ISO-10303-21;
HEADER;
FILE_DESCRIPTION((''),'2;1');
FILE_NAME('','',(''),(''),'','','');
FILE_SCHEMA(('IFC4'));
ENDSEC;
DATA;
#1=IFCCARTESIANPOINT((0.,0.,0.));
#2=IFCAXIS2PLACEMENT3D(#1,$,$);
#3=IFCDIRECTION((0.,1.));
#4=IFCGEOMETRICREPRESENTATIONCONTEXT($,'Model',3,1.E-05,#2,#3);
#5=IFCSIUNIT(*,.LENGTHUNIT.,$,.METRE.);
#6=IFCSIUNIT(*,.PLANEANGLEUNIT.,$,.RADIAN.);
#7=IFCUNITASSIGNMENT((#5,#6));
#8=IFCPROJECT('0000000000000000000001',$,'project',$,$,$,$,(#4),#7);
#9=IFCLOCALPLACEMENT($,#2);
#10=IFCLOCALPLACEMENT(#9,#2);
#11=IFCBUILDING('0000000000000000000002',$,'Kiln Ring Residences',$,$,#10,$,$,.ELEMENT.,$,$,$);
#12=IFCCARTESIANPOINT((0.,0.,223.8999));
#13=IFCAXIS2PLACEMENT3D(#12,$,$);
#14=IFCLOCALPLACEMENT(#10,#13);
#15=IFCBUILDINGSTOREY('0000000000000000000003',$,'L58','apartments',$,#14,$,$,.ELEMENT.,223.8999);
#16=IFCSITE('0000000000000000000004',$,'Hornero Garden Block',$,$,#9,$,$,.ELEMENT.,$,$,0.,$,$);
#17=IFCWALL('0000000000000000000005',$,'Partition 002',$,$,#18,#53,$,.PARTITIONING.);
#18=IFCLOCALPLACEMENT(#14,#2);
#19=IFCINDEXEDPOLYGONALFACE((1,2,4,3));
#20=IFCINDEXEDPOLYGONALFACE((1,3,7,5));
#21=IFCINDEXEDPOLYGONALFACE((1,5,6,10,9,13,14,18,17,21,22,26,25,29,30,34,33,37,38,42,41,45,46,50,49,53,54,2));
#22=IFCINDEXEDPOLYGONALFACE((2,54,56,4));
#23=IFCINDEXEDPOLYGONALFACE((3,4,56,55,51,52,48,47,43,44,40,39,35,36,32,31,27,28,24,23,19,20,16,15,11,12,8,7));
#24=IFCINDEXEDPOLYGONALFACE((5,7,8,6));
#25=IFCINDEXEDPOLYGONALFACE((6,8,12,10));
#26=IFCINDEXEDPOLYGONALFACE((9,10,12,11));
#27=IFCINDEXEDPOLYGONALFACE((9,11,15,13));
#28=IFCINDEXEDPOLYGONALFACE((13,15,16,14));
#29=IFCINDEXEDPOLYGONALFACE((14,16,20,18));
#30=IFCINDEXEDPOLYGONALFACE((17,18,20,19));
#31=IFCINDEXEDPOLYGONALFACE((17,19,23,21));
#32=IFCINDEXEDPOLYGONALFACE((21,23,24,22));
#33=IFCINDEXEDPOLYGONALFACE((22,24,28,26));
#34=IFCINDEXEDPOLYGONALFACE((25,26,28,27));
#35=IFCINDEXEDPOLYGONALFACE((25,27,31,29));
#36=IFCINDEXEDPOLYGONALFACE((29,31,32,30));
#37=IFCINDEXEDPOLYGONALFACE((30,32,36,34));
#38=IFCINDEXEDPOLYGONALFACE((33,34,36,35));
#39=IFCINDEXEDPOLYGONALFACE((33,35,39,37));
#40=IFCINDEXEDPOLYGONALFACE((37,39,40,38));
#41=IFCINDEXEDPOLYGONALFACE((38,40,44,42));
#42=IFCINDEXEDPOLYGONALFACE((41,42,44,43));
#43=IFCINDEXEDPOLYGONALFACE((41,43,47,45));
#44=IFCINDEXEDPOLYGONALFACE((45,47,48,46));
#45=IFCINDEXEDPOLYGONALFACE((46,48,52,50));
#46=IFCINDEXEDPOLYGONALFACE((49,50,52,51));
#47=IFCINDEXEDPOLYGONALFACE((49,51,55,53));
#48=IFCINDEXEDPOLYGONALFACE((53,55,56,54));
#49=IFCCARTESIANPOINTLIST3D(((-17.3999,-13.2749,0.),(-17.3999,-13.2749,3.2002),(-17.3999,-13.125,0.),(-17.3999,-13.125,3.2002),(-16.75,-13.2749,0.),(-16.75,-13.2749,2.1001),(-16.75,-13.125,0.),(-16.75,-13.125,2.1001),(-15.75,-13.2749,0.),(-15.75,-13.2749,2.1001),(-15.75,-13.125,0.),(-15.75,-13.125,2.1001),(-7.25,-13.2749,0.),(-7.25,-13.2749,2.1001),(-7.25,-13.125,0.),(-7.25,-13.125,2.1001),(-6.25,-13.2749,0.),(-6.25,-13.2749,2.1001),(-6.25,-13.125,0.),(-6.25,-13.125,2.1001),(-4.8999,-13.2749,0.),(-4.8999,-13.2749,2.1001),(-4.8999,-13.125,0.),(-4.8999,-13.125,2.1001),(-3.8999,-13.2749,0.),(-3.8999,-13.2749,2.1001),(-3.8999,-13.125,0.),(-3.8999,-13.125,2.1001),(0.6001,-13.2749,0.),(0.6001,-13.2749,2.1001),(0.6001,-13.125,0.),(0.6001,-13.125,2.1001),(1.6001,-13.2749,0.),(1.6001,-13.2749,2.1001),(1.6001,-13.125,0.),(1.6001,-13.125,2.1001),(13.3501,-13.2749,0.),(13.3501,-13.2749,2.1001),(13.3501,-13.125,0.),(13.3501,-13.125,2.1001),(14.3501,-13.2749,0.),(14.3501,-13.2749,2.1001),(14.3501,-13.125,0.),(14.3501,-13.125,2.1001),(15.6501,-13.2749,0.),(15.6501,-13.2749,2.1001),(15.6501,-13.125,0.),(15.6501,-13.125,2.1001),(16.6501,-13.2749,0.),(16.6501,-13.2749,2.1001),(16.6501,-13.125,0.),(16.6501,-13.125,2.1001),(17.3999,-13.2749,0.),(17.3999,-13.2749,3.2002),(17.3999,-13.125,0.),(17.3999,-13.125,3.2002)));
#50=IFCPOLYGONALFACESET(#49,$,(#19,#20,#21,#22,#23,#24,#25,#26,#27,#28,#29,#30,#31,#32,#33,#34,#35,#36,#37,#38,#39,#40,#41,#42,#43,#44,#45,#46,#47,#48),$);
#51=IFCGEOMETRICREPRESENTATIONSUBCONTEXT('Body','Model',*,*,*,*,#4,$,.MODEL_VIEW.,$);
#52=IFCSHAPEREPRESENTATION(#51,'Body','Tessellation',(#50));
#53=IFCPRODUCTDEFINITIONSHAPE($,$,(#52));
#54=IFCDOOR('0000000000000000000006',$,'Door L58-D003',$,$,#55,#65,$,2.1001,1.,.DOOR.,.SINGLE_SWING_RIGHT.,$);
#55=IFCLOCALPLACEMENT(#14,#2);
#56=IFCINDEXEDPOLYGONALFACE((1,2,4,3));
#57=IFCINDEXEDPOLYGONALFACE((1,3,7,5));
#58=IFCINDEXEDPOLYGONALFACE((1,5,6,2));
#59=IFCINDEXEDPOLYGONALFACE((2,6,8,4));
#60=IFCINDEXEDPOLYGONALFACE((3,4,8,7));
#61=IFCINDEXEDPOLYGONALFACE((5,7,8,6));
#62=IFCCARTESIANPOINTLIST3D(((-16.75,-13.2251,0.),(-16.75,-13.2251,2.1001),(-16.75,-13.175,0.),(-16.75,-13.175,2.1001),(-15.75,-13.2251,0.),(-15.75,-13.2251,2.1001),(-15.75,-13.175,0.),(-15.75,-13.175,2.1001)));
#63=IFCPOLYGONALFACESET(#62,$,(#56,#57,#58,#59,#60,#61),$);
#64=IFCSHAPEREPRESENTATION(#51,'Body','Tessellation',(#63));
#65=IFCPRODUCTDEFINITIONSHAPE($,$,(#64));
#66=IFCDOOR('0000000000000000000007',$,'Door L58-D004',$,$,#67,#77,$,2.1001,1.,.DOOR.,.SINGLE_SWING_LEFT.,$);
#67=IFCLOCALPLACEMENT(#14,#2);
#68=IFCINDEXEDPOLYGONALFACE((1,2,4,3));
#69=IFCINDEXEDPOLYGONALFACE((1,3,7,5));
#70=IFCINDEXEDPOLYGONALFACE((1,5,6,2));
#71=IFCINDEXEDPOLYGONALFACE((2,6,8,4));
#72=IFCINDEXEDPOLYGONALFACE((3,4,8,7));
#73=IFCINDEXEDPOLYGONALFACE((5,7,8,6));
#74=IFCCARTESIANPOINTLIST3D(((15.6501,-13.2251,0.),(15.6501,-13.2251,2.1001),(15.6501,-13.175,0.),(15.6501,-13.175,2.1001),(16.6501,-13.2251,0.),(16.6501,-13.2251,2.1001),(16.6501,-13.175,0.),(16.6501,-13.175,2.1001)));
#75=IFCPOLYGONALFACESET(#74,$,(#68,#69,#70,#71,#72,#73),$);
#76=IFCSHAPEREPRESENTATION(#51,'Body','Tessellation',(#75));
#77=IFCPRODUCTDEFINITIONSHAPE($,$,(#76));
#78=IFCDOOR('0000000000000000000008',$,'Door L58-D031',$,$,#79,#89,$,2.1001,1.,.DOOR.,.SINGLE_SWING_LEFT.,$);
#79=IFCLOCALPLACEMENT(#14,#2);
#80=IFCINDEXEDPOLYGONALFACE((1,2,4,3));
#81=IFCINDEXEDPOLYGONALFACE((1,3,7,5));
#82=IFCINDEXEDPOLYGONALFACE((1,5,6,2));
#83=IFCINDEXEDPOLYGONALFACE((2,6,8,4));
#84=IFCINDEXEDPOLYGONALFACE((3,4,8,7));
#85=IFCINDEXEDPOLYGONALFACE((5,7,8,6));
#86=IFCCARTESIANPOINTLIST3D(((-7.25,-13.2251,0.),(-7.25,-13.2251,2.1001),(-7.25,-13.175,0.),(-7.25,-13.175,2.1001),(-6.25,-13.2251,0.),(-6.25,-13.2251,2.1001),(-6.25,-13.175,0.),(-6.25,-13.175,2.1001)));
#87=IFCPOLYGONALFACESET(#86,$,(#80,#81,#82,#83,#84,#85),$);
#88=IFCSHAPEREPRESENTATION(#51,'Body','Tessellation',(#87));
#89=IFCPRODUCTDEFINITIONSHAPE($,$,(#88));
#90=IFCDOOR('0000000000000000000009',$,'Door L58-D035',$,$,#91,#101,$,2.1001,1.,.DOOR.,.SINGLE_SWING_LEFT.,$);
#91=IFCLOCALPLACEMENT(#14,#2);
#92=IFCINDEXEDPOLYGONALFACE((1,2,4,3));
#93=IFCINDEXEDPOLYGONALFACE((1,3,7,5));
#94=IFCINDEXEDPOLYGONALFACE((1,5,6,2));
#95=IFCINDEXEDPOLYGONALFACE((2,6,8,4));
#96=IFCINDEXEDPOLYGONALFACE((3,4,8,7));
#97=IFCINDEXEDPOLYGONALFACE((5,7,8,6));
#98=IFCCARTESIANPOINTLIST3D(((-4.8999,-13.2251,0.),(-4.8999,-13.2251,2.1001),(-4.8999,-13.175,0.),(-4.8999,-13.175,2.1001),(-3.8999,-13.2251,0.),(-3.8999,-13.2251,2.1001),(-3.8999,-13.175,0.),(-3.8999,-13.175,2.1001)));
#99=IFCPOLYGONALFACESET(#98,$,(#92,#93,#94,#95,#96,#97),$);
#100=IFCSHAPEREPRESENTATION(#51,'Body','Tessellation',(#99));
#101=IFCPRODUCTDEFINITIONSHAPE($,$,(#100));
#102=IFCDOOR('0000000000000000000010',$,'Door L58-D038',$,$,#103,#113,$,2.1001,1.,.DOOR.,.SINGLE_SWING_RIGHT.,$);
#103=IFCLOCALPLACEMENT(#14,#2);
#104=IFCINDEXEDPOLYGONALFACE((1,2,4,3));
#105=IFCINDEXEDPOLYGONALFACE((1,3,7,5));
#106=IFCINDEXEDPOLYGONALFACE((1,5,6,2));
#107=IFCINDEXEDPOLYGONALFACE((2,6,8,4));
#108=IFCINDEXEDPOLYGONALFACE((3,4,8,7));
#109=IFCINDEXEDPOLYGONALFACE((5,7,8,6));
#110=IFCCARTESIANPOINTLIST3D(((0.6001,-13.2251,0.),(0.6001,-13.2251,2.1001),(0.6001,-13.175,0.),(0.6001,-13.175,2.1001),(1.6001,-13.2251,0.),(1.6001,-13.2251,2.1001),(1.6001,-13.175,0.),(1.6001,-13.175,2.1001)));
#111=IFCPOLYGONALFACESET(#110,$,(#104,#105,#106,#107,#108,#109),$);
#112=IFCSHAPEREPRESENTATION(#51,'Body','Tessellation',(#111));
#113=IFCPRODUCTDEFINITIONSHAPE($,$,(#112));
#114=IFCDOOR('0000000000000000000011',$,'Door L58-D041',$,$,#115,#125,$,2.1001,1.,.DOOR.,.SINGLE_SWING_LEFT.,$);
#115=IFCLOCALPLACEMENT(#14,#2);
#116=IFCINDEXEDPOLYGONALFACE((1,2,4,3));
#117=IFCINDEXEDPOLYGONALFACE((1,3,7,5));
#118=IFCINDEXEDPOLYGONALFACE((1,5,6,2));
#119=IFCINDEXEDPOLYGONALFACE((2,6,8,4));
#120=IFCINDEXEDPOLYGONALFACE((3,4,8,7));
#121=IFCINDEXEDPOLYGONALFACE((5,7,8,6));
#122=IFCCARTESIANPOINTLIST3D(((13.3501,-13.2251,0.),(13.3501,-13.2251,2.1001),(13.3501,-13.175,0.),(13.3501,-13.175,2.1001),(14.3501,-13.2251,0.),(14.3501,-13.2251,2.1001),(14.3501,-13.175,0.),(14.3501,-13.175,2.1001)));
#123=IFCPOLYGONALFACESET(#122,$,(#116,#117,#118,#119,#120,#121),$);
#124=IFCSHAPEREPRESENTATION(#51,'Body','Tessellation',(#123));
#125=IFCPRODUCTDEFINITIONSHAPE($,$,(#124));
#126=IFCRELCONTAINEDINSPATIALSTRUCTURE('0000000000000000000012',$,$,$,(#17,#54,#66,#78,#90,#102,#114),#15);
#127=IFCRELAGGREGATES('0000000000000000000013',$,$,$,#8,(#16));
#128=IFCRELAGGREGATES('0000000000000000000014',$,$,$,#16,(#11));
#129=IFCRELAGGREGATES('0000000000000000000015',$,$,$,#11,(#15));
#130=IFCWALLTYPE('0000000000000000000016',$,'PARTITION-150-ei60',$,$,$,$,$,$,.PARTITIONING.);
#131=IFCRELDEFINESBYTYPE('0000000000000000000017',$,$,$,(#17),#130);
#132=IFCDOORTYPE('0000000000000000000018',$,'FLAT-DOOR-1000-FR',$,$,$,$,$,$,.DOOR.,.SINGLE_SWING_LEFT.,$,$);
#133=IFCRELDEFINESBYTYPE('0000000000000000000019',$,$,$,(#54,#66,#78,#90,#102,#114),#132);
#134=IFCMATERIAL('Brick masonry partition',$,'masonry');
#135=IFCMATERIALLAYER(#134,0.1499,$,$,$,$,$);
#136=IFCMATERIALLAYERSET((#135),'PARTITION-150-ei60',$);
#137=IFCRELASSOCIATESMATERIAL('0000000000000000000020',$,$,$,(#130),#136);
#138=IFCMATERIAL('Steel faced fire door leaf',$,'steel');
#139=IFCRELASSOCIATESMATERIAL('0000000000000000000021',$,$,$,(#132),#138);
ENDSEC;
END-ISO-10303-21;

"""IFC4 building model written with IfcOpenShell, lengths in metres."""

from ifc_helpers import new_model, si_unit, direction, frame, frame_2d, origin, place, context, subcontext, project, spatial, rectangle, extrude, material, layer, layer_set, type_object, element, fill, save


model = new_model("IFC4")

# Units and contexts
model_context = context("Model", 3, precision=1e-05, world=origin(), true_north=direction((0.0, 1.0)))
body_context = subcontext(model_context, "Body", "Model", "MODEL_VIEW")
ifc_project = project(units=[si_unit("LENGTHUNIT", "METRE"), si_unit("PLANEANGLEUNIT", "RADIAN")], contexts=[model_context])

# Site, building, storey
site_placement = place(None, origin())
site = spatial("IfcSite", under=ifc_project, at=site_placement, Name="Hornero Garden Block", CompositionType="ELEMENT", RefElevation=0.0)
building_placement = place(site_placement, origin())
building = spatial("IfcBuilding", under=site, at=building_placement, Name="Kiln Ring Residences", CompositionType="ELEMENT")
storey_placement = place(building_placement, frame((0.0, 0.0, 223.8999)))
storey = spatial("IfcBuildingStorey", under=building, at=storey_placement, Name="L58", Description="apartments", CompositionType="ELEMENT", Elevation=223.8999)

# Wall, openings, doors
ifc_material_1 = material(Name="Brick masonry partition", Category="masonry")
ifc_layer_1 = layer(ifc_material_1, 0.1499)
ifc_layer_set_1 = layer_set([ifc_layer_1], Name="PARTITION-150-ei60")
wall_type_1 = type_object("IfcWallType", Name="PARTITION-150-ei60", PredefinedType="PARTITIONING", material=ifc_layer_set_1)
wall_1_placement = place(storey_placement, frame((-17.3999, -13.2, 0.0), z_axis=(0.0, 0.0, 1.0), x_axis=(1.0, 0.0, 0.0)))
wall_1 = element("IfcWall", 1, at=wall_1_placement, inside=storey, type_object=wall_type_1, Name="Partition 002", PredefinedType="PARTITIONING", context=body_context, shape_type="SweptSolid", body=[
    extrude(rectangle(XDim=34.7998, YDim=0.1499, at=frame_2d((17.3999, 0.0))), origin(), (0.0, 0.0, 1.0), 3.2002),
])
opening_1_placement = place(wall_1_placement, frame((0.6499, 0.0, 0.0)))
opening_1 = element("IfcOpeningElement", 2, at=opening_1_placement, cuts=wall_1, PredefinedType="OPENING", context=body_context, shape_type="SweptSolid", body=[
    extrude(rectangle(XDim=1.0, YDim=2.1001, at=frame_2d((0.5, 1.05))), frame((0.0, 0.085, 0.0), z_axis=(0.0, -1.0, 0.0), x_axis=(1.0, 0.0, 0.0)), (0.0, 0.0, 1.0), 0.1699),
])
opening_2_placement = place(wall_1_placement, frame((33.05, 0.0, 0.0)))
opening_2 = element("IfcOpeningElement", 3, at=opening_2_placement, cuts=wall_1, PredefinedType="OPENING", context=body_context, shape_type="SweptSolid", body=[
    extrude(rectangle(XDim=1.0, YDim=2.1001, at=frame_2d((0.5, 1.05))), frame((0.0, 0.085, 0.0), z_axis=(0.0, -1.0, 0.0), x_axis=(1.0, 0.0, 0.0)), (0.0, 0.0, 1.0), 0.1699),
])
opening_3_placement = place(wall_1_placement, frame((10.1499, 0.0, 0.0)))
opening_3 = element("IfcOpeningElement", 4, at=opening_3_placement, cuts=wall_1, PredefinedType="OPENING", context=body_context, shape_type="SweptSolid", body=[
    extrude(rectangle(XDim=1.0, YDim=2.1001, at=frame_2d((0.5, 1.05))), frame((0.0, 0.085, 0.0), z_axis=(0.0, -1.0, 0.0), x_axis=(1.0, 0.0, 0.0)), (0.0, 0.0, 1.0), 0.1699),
])
opening_4_placement = place(wall_1_placement, frame((12.5, 0.0, 0.0)))
opening_4 = element("IfcOpeningElement", 5, at=opening_4_placement, cuts=wall_1, PredefinedType="OPENING", context=body_context, shape_type="SweptSolid", body=[
    extrude(rectangle(XDim=1.0, YDim=2.1001, at=frame_2d((0.5, 1.05))), frame((0.0, 0.085, 0.0), z_axis=(0.0, -1.0, 0.0), x_axis=(1.0, 0.0, 0.0)), (0.0, 0.0, 1.0), 0.1699),
])
opening_5_placement = place(wall_1_placement, frame((18.0, 0.0, 0.0)))
opening_5 = element("IfcOpeningElement", 6, at=opening_5_placement, cuts=wall_1, PredefinedType="OPENING", context=body_context, shape_type="SweptSolid", body=[
    extrude(rectangle(XDim=1.0, YDim=2.1001, at=frame_2d((0.5, 1.05))), frame((0.0, 0.085, 0.0), z_axis=(0.0, -1.0, 0.0), x_axis=(1.0, 0.0, 0.0)), (0.0, 0.0, 1.0), 0.1699),
])
opening_6_placement = place(wall_1_placement, frame((30.75, 0.0, 0.0)))
opening_6 = element("IfcOpeningElement", 7, at=opening_6_placement, cuts=wall_1, PredefinedType="OPENING", context=body_context, shape_type="SweptSolid", body=[
    extrude(rectangle(XDim=1.0, YDim=2.1001, at=frame_2d((0.5, 1.05))), frame((0.0, 0.085, 0.0), z_axis=(0.0, -1.0, 0.0), x_axis=(1.0, 0.0, 0.0)), (0.0, 0.0, 1.0), 0.1699),
])
ifc_material_2 = material(Name="Steel faced fire door leaf", Category="steel")
door_type_1 = type_object("IfcDoorType", Name="FLAT-DOOR-1000-FR", OperationType="SINGLE_SWING_LEFT", PredefinedType="DOOR", material=ifc_material_2)
door_1_placement = place(opening_1_placement, origin())
door_1 = element("IfcDoor", 8, at=door_1_placement, inside=storey, type_object=door_type_1, Name="Door L58-D003", OperationType="SINGLE_SWING_RIGHT", OverallHeight=2.1001, OverallWidth=1.0, PredefinedType="DOOR", context=body_context, shape_type="SweptSolid", body=[
    extrude(rectangle(XDim=1.0, YDim=2.1001, at=frame_2d((0.5, 1.05))), frame((0.0, 0.0249, 0.0), z_axis=(0.0, -1.0, 0.0), x_axis=(1.0, 0.0, 0.0)), (0.0, 0.0, 1.0), 0.05),
])
fill(opening_1, door_1)
door_2_placement = place(opening_2_placement, origin())
door_2 = element("IfcDoor", 9, at=door_2_placement, inside=storey, type_object=door_type_1, Name="Door L58-D004", OperationType="SINGLE_SWING_LEFT", OverallHeight=2.1001, OverallWidth=1.0, PredefinedType="DOOR", context=body_context, shape_type="SweptSolid", body=[
    extrude(rectangle(XDim=1.0, YDim=2.1001, at=frame_2d((0.5, 1.05))), frame((0.0, 0.0249, 0.0), z_axis=(0.0, -1.0, 0.0), x_axis=(1.0, 0.0, 0.0)), (0.0, 0.0, 1.0), 0.05),
])
fill(opening_2, door_2)
door_3_placement = place(opening_3_placement, origin())
door_3 = element("IfcDoor", 10, at=door_3_placement, inside=storey, type_object=door_type_1, Name="Door L58-D031", OperationType="SINGLE_SWING_LEFT", OverallHeight=2.1001, OverallWidth=1.0, PredefinedType="DOOR", context=body_context, shape_type="SweptSolid", body=[
    extrude(rectangle(XDim=1.0, YDim=2.1001, at=frame_2d((0.5, 1.05))), frame((0.0, 0.0249, 0.0), z_axis=(0.0, -1.0, 0.0), x_axis=(1.0, 0.0, 0.0)), (0.0, 0.0, 1.0), 0.05),
])
fill(opening_3, door_3)
door_4_placement = place(opening_4_placement, origin())
door_4 = element("IfcDoor", 11, at=door_4_placement, inside=storey, type_object=door_type_1, Name="Door L58-D035", OperationType="SINGLE_SWING_LEFT", OverallHeight=2.1001, OverallWidth=1.0, PredefinedType="DOOR", context=body_context, shape_type="SweptSolid", body=[
    extrude(rectangle(XDim=1.0, YDim=2.1001, at=frame_2d((0.5, 1.05))), frame((0.0, 0.0249, 0.0), z_axis=(0.0, -1.0, 0.0), x_axis=(1.0, 0.0, 0.0)), (0.0, 0.0, 1.0), 0.05),
])
fill(opening_4, door_4)
door_5_placement = place(opening_5_placement, origin())
door_5 = element("IfcDoor", 12, at=door_5_placement, inside=storey, type_object=door_type_1, Name="Door L58-D038", OperationType="SINGLE_SWING_RIGHT", OverallHeight=2.1001, OverallWidth=1.0, PredefinedType="DOOR", context=body_context, shape_type="SweptSolid", body=[
    extrude(rectangle(XDim=1.0, YDim=2.1001, at=frame_2d((0.5, 1.05))), frame((0.0, 0.0249, 0.0), z_axis=(0.0, -1.0, 0.0), x_axis=(1.0, 0.0, 0.0)), (0.0, 0.0, 1.0), 0.05),
])
fill(opening_5, door_5)
door_6_placement = place(opening_6_placement, origin())
door_6 = element("IfcDoor", 13, at=door_6_placement, inside=storey, type_object=door_type_1, Name="Door L58-D041", OperationType="SINGLE_SWING_LEFT", OverallHeight=2.1001, OverallWidth=1.0, PredefinedType="DOOR", context=body_context, shape_type="SweptSolid", body=[
    extrude(rectangle(XDim=1.0, YDim=2.1001, at=frame_2d((0.5, 1.05))), frame((0.0, 0.0249, 0.0), z_axis=(0.0, -1.0, 0.0), x_axis=(1.0, 0.0, 0.0)), (0.0, 0.0, 1.0), 0.05),
])
fill(opening_6, door_6)

save(model, "model.ifc")
